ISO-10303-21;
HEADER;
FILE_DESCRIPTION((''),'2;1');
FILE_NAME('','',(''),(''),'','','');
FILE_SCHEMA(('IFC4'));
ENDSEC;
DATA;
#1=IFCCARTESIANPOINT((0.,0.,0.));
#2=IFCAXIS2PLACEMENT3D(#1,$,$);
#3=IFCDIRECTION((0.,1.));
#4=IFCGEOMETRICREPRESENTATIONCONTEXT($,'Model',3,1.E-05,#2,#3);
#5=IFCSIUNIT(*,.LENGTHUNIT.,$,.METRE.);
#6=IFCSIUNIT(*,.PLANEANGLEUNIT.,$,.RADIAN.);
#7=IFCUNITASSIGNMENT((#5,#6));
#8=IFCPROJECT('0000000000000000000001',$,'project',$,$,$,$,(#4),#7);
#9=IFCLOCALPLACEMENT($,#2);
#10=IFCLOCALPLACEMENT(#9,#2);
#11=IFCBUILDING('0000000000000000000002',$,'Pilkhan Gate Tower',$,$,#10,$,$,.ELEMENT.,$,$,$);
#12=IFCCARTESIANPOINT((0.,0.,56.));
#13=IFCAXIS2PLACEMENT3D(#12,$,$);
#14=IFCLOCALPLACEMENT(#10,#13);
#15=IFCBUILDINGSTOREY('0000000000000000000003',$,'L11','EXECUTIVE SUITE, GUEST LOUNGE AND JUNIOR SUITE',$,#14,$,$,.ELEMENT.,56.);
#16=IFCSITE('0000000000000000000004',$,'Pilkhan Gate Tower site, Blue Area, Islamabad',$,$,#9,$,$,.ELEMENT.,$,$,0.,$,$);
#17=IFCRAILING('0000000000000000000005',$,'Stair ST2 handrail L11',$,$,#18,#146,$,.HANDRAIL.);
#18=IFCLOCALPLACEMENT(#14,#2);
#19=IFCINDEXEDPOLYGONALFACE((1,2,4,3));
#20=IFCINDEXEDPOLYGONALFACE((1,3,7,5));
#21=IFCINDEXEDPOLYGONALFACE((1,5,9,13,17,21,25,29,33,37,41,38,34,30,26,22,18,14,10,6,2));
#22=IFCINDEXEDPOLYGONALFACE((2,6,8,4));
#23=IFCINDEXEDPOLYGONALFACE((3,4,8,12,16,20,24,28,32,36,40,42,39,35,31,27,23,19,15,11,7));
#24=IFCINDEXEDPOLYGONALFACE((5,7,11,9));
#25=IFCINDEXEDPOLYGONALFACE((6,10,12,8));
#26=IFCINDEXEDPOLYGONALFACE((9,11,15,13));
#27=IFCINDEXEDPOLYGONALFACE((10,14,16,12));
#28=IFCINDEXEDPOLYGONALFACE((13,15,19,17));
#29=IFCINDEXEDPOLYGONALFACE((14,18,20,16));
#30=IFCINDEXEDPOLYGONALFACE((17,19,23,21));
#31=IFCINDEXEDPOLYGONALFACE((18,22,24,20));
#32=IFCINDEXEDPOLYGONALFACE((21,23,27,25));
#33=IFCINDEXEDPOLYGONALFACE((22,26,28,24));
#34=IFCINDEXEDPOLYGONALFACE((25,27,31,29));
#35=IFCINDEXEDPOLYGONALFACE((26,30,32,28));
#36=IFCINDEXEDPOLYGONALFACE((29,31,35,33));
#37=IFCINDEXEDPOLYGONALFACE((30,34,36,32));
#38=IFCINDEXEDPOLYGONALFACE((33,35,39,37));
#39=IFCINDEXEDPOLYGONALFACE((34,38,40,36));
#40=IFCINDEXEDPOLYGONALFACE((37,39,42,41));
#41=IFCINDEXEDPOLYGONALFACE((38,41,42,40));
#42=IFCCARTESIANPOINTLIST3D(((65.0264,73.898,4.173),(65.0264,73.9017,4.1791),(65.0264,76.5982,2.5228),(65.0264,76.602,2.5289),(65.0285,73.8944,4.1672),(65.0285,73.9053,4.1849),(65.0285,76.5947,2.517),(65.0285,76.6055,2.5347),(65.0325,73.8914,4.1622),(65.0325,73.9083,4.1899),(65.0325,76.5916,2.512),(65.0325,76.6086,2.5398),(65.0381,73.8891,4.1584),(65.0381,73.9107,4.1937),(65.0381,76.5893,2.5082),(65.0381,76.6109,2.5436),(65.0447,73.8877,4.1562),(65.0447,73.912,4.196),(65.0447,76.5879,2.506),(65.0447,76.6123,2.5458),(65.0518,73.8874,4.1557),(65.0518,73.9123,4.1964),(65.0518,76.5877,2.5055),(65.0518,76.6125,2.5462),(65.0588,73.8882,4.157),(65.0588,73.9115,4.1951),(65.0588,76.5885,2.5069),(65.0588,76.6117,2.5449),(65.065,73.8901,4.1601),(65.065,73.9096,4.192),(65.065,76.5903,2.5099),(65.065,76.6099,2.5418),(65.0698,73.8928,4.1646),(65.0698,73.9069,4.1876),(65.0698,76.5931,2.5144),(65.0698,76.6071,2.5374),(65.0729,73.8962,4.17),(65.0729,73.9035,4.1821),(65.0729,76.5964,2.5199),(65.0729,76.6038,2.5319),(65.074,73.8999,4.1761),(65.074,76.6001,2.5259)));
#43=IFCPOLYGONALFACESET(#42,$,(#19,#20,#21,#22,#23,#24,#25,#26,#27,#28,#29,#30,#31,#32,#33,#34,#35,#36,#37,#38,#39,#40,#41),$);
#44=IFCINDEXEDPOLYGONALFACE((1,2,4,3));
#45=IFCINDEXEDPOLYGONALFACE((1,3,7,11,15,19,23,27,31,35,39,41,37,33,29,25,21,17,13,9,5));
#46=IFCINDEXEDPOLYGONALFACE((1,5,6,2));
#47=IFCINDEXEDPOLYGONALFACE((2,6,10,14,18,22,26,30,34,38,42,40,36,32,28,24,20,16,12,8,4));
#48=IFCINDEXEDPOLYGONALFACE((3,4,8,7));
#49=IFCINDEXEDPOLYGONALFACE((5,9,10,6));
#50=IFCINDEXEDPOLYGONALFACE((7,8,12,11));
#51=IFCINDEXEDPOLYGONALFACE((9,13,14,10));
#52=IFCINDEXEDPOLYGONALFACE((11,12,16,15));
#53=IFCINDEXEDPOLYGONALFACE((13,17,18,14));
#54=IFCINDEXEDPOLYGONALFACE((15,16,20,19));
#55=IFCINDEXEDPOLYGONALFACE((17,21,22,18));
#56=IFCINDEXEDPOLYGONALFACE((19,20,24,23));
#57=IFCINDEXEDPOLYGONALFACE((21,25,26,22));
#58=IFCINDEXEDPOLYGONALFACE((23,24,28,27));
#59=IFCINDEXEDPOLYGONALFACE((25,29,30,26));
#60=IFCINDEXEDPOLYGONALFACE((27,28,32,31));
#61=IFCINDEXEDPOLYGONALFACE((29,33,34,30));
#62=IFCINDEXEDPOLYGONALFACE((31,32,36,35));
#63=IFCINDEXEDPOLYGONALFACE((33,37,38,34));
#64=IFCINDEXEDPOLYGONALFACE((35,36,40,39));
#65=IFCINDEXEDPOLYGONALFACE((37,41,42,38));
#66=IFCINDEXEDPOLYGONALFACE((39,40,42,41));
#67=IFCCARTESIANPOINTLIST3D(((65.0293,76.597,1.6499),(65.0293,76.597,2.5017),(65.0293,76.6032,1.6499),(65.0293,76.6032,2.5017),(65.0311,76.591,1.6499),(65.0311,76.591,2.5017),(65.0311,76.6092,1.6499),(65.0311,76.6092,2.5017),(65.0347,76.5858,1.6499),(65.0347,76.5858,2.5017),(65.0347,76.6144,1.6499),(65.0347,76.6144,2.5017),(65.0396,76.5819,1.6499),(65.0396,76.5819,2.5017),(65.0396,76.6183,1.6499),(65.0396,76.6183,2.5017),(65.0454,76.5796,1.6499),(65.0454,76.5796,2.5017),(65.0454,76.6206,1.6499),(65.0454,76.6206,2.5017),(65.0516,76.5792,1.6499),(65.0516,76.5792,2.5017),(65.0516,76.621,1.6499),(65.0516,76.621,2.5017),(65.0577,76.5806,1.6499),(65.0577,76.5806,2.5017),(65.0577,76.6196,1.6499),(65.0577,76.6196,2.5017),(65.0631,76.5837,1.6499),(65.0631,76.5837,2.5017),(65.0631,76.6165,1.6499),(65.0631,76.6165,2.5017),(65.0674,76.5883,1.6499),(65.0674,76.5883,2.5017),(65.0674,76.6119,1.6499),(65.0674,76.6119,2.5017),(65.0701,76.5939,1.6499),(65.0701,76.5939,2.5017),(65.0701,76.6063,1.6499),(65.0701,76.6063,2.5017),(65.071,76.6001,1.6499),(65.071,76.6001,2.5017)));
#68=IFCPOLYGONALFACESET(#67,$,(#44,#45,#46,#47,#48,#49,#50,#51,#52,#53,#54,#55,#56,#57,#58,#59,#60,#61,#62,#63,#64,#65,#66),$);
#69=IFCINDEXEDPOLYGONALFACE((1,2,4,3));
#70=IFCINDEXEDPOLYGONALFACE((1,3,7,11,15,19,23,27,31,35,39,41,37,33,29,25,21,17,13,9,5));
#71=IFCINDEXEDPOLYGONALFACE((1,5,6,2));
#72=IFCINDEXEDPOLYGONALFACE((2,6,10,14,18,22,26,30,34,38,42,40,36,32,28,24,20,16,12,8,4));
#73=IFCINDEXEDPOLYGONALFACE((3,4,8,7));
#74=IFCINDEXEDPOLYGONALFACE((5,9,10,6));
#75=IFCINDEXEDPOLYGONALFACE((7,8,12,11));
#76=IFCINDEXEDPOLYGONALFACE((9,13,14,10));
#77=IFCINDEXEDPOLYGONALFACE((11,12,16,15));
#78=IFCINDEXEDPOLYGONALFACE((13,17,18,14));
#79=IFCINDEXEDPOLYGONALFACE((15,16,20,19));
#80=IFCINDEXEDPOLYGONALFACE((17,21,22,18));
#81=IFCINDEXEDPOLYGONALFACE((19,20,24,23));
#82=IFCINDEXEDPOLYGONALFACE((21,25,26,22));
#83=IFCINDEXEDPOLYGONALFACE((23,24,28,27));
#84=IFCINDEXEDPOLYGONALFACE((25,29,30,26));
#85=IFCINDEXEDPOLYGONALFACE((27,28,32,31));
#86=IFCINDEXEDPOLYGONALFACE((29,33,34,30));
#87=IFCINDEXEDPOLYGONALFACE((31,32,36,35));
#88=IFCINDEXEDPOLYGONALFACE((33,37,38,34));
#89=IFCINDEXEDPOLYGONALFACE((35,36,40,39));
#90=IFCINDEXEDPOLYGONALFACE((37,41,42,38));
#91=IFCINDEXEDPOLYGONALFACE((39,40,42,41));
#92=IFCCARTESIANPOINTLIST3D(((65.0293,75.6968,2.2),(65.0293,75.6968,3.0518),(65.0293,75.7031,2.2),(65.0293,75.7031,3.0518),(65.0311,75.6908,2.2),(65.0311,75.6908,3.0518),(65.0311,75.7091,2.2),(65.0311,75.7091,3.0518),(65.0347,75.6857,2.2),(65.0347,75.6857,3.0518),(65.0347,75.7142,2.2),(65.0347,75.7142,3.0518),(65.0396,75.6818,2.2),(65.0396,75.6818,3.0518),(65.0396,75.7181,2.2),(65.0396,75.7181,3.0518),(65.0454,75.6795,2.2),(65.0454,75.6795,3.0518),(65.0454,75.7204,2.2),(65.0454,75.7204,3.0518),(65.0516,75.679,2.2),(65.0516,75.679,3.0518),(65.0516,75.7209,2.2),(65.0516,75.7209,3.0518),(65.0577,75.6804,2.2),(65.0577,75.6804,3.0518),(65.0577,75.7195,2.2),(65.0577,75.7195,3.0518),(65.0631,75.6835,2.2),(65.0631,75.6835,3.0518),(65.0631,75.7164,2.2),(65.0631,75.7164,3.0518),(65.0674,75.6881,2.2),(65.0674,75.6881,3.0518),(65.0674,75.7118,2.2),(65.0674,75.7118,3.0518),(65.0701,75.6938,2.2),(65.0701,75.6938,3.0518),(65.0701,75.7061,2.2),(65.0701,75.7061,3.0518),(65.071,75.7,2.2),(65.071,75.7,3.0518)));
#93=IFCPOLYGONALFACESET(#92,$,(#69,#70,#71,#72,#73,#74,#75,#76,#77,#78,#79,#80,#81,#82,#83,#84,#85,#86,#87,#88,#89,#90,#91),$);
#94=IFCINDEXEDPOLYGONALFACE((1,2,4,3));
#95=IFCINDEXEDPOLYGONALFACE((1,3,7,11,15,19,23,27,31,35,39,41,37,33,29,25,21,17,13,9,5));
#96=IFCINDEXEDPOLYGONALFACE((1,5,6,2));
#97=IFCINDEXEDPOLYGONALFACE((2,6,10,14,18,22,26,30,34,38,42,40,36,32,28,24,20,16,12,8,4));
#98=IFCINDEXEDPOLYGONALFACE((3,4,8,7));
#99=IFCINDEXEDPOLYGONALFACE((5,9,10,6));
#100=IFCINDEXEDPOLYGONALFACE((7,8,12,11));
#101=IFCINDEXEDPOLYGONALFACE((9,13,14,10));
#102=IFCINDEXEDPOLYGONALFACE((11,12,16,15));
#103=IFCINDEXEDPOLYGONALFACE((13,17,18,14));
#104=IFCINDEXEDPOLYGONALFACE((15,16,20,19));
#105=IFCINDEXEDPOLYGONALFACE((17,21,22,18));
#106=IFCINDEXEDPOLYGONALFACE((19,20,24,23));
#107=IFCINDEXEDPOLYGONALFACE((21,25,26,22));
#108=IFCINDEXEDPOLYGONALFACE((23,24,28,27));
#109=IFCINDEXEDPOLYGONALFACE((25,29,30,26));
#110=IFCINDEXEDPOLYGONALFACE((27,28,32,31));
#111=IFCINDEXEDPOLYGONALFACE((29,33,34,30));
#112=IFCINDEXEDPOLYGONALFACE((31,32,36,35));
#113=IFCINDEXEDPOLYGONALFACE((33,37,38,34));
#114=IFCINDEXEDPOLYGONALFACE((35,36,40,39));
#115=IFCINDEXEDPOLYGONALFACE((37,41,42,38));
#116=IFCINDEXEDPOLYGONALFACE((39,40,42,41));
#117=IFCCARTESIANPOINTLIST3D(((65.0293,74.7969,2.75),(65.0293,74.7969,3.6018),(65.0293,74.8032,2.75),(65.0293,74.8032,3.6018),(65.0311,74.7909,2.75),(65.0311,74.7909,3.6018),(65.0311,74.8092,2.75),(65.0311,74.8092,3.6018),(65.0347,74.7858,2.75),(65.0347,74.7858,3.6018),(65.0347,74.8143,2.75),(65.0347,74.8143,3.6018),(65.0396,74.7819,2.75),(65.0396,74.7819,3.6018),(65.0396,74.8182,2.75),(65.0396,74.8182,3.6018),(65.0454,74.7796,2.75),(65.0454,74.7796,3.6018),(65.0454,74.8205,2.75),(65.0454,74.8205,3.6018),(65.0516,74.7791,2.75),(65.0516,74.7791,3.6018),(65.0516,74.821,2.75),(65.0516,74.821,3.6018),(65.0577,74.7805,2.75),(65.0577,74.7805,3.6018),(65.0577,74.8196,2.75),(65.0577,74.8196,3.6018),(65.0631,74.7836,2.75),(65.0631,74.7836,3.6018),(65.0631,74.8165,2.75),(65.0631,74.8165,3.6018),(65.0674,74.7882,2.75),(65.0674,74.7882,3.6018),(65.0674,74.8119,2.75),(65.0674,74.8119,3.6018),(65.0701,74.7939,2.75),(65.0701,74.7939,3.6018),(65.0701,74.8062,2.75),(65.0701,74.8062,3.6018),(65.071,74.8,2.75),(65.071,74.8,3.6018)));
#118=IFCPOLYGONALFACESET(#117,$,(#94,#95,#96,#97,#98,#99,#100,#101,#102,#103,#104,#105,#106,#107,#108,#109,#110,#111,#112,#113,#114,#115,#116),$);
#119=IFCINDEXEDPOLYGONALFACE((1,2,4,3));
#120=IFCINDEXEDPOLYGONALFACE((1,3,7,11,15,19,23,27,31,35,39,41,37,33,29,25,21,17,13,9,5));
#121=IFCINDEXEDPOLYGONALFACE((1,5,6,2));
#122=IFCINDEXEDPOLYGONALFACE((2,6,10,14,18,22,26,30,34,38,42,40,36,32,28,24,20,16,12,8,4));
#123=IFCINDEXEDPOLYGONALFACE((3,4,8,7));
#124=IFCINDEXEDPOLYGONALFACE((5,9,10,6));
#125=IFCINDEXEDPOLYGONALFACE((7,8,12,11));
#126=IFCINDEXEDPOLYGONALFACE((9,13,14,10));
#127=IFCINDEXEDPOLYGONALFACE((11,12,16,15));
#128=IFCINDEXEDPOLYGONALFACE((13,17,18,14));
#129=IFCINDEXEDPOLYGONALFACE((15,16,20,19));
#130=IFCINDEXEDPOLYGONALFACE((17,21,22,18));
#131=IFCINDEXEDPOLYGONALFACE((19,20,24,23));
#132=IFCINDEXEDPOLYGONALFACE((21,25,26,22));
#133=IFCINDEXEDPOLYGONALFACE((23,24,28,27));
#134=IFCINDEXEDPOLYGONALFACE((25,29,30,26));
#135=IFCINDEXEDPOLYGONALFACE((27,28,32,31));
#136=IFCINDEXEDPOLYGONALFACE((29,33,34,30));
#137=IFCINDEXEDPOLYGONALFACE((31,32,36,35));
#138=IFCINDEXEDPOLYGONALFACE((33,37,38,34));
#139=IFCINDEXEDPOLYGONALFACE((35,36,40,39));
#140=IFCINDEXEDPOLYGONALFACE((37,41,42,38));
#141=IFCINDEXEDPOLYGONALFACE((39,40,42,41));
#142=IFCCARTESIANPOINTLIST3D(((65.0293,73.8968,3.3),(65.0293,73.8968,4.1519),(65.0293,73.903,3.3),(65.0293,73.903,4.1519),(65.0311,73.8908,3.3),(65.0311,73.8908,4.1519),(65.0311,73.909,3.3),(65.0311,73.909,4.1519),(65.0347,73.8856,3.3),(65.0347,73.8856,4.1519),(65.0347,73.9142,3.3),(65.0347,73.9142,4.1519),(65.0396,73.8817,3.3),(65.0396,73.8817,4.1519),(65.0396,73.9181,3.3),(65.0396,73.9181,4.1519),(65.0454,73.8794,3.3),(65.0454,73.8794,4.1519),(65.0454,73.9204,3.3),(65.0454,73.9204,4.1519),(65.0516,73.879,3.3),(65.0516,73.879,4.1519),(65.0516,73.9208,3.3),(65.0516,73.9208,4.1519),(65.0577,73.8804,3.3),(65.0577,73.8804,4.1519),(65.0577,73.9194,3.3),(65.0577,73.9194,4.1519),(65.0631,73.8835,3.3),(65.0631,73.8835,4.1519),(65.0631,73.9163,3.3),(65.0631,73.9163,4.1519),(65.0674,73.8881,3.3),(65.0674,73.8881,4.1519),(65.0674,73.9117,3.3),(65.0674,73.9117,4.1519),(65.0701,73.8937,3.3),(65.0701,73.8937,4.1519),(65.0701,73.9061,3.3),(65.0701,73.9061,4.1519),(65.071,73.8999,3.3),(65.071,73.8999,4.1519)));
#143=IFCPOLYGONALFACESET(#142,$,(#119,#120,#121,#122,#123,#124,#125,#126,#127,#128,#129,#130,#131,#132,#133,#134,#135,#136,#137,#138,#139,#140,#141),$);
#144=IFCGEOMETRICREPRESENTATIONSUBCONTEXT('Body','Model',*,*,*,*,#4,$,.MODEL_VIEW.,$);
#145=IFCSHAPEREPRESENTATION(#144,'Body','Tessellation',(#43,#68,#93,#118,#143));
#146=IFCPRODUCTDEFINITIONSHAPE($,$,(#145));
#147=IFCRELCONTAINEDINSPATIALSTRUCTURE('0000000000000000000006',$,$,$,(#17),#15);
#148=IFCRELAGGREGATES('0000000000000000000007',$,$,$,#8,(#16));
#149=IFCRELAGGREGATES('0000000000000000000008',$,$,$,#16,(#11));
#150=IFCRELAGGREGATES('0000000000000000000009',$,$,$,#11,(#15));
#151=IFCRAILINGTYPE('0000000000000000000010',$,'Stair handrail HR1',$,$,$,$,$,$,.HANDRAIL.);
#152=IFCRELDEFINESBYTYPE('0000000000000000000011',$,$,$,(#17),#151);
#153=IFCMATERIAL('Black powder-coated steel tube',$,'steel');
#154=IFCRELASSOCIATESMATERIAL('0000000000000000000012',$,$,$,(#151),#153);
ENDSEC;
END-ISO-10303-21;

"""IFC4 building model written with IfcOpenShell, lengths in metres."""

from ifc_helpers import new_model, si_unit, direction, frame, origin, origin_2d, place, context, subcontext, project, spatial, circle, extrude, material, type_object, element, save


model = new_model("IFC4")

# Units and contexts
model_context = context("Model", 3, precision=1e-05, world=origin(), true_north=direction((0.0, 1.0)))
body_context = subcontext(model_context, "Body", "Model", "MODEL_VIEW")
ifc_project = project(units=[si_unit("LENGTHUNIT", "METRE"), si_unit("PLANEANGLEUNIT", "RADIAN")], contexts=[model_context])

# Site, building, storey
site_placement = place(None, origin())
site = spatial("IfcSite", under=ifc_project, at=site_placement, Name="Pilkhan Gate Tower site, Blue Area, Islamabad", CompositionType="ELEMENT", RefElevation=0.0)
building_placement = place(site_placement, origin())
building = spatial("IfcBuilding", under=site, at=building_placement, Name="Pilkhan Gate Tower", CompositionType="ELEMENT")
storey_placement = place(building_placement, frame((0.0, 0.0, 56.0)))
storey = spatial("IfcBuildingStorey", under=building, at=storey_placement, Name="L11", Description="EXECUTIVE SUITE, GUEST LOUNGE AND JUNIOR SUITE", CompositionType="ELEMENT", Elevation=56.0)

# Railing
ifc_material_1 = material(Name="Black powder-coated steel tube", Category="steel")
railing_type_1 = type_object("IfcRailingType", Name="Stair handrail HR1", PredefinedType="HANDRAIL", material=ifc_material_1)
railing_1_placement = place(storey_placement, frame((65.05, 76.6001, 1.6499)))
element("IfcRailing", 1, at=railing_1_placement, inside=storey, type_object=railing_type_1, Name="Stair ST2 handrail L11", PredefinedType="HANDRAIL", context=body_context, shape_type="SweptSolid", body=[
    extrude(circle(Radius=0.0239, at=origin_2d()), frame((0.0, 0.0, 0.876), z_axis=(0.0, -0.853278, 0.521456), x_axis=(1.0, 0.0, 0.0)), (0.0, 0.0, 1.0), 3.1646),
    extrude(circle(Radius=0.021, at=origin_2d()), origin(), (0.0, 0.0, 1.0), 0.8518),
    extrude(circle(Radius=0.021, at=origin_2d()), frame((0.0, -0.9001, 0.55)), (0.0, 0.0, 1.0), 0.8518),
    extrude(circle(Radius=0.021, at=origin_2d()), frame((0.0, -1.8, 1.1001)), (0.0, 0.0, 1.0), 0.8518),
    extrude(circle(Radius=0.021, at=origin_2d()), frame((0.0, -2.7002, 1.6501)), (0.0, 0.0, 1.0), 0.8518),
])

save(model, "model.ifc")
